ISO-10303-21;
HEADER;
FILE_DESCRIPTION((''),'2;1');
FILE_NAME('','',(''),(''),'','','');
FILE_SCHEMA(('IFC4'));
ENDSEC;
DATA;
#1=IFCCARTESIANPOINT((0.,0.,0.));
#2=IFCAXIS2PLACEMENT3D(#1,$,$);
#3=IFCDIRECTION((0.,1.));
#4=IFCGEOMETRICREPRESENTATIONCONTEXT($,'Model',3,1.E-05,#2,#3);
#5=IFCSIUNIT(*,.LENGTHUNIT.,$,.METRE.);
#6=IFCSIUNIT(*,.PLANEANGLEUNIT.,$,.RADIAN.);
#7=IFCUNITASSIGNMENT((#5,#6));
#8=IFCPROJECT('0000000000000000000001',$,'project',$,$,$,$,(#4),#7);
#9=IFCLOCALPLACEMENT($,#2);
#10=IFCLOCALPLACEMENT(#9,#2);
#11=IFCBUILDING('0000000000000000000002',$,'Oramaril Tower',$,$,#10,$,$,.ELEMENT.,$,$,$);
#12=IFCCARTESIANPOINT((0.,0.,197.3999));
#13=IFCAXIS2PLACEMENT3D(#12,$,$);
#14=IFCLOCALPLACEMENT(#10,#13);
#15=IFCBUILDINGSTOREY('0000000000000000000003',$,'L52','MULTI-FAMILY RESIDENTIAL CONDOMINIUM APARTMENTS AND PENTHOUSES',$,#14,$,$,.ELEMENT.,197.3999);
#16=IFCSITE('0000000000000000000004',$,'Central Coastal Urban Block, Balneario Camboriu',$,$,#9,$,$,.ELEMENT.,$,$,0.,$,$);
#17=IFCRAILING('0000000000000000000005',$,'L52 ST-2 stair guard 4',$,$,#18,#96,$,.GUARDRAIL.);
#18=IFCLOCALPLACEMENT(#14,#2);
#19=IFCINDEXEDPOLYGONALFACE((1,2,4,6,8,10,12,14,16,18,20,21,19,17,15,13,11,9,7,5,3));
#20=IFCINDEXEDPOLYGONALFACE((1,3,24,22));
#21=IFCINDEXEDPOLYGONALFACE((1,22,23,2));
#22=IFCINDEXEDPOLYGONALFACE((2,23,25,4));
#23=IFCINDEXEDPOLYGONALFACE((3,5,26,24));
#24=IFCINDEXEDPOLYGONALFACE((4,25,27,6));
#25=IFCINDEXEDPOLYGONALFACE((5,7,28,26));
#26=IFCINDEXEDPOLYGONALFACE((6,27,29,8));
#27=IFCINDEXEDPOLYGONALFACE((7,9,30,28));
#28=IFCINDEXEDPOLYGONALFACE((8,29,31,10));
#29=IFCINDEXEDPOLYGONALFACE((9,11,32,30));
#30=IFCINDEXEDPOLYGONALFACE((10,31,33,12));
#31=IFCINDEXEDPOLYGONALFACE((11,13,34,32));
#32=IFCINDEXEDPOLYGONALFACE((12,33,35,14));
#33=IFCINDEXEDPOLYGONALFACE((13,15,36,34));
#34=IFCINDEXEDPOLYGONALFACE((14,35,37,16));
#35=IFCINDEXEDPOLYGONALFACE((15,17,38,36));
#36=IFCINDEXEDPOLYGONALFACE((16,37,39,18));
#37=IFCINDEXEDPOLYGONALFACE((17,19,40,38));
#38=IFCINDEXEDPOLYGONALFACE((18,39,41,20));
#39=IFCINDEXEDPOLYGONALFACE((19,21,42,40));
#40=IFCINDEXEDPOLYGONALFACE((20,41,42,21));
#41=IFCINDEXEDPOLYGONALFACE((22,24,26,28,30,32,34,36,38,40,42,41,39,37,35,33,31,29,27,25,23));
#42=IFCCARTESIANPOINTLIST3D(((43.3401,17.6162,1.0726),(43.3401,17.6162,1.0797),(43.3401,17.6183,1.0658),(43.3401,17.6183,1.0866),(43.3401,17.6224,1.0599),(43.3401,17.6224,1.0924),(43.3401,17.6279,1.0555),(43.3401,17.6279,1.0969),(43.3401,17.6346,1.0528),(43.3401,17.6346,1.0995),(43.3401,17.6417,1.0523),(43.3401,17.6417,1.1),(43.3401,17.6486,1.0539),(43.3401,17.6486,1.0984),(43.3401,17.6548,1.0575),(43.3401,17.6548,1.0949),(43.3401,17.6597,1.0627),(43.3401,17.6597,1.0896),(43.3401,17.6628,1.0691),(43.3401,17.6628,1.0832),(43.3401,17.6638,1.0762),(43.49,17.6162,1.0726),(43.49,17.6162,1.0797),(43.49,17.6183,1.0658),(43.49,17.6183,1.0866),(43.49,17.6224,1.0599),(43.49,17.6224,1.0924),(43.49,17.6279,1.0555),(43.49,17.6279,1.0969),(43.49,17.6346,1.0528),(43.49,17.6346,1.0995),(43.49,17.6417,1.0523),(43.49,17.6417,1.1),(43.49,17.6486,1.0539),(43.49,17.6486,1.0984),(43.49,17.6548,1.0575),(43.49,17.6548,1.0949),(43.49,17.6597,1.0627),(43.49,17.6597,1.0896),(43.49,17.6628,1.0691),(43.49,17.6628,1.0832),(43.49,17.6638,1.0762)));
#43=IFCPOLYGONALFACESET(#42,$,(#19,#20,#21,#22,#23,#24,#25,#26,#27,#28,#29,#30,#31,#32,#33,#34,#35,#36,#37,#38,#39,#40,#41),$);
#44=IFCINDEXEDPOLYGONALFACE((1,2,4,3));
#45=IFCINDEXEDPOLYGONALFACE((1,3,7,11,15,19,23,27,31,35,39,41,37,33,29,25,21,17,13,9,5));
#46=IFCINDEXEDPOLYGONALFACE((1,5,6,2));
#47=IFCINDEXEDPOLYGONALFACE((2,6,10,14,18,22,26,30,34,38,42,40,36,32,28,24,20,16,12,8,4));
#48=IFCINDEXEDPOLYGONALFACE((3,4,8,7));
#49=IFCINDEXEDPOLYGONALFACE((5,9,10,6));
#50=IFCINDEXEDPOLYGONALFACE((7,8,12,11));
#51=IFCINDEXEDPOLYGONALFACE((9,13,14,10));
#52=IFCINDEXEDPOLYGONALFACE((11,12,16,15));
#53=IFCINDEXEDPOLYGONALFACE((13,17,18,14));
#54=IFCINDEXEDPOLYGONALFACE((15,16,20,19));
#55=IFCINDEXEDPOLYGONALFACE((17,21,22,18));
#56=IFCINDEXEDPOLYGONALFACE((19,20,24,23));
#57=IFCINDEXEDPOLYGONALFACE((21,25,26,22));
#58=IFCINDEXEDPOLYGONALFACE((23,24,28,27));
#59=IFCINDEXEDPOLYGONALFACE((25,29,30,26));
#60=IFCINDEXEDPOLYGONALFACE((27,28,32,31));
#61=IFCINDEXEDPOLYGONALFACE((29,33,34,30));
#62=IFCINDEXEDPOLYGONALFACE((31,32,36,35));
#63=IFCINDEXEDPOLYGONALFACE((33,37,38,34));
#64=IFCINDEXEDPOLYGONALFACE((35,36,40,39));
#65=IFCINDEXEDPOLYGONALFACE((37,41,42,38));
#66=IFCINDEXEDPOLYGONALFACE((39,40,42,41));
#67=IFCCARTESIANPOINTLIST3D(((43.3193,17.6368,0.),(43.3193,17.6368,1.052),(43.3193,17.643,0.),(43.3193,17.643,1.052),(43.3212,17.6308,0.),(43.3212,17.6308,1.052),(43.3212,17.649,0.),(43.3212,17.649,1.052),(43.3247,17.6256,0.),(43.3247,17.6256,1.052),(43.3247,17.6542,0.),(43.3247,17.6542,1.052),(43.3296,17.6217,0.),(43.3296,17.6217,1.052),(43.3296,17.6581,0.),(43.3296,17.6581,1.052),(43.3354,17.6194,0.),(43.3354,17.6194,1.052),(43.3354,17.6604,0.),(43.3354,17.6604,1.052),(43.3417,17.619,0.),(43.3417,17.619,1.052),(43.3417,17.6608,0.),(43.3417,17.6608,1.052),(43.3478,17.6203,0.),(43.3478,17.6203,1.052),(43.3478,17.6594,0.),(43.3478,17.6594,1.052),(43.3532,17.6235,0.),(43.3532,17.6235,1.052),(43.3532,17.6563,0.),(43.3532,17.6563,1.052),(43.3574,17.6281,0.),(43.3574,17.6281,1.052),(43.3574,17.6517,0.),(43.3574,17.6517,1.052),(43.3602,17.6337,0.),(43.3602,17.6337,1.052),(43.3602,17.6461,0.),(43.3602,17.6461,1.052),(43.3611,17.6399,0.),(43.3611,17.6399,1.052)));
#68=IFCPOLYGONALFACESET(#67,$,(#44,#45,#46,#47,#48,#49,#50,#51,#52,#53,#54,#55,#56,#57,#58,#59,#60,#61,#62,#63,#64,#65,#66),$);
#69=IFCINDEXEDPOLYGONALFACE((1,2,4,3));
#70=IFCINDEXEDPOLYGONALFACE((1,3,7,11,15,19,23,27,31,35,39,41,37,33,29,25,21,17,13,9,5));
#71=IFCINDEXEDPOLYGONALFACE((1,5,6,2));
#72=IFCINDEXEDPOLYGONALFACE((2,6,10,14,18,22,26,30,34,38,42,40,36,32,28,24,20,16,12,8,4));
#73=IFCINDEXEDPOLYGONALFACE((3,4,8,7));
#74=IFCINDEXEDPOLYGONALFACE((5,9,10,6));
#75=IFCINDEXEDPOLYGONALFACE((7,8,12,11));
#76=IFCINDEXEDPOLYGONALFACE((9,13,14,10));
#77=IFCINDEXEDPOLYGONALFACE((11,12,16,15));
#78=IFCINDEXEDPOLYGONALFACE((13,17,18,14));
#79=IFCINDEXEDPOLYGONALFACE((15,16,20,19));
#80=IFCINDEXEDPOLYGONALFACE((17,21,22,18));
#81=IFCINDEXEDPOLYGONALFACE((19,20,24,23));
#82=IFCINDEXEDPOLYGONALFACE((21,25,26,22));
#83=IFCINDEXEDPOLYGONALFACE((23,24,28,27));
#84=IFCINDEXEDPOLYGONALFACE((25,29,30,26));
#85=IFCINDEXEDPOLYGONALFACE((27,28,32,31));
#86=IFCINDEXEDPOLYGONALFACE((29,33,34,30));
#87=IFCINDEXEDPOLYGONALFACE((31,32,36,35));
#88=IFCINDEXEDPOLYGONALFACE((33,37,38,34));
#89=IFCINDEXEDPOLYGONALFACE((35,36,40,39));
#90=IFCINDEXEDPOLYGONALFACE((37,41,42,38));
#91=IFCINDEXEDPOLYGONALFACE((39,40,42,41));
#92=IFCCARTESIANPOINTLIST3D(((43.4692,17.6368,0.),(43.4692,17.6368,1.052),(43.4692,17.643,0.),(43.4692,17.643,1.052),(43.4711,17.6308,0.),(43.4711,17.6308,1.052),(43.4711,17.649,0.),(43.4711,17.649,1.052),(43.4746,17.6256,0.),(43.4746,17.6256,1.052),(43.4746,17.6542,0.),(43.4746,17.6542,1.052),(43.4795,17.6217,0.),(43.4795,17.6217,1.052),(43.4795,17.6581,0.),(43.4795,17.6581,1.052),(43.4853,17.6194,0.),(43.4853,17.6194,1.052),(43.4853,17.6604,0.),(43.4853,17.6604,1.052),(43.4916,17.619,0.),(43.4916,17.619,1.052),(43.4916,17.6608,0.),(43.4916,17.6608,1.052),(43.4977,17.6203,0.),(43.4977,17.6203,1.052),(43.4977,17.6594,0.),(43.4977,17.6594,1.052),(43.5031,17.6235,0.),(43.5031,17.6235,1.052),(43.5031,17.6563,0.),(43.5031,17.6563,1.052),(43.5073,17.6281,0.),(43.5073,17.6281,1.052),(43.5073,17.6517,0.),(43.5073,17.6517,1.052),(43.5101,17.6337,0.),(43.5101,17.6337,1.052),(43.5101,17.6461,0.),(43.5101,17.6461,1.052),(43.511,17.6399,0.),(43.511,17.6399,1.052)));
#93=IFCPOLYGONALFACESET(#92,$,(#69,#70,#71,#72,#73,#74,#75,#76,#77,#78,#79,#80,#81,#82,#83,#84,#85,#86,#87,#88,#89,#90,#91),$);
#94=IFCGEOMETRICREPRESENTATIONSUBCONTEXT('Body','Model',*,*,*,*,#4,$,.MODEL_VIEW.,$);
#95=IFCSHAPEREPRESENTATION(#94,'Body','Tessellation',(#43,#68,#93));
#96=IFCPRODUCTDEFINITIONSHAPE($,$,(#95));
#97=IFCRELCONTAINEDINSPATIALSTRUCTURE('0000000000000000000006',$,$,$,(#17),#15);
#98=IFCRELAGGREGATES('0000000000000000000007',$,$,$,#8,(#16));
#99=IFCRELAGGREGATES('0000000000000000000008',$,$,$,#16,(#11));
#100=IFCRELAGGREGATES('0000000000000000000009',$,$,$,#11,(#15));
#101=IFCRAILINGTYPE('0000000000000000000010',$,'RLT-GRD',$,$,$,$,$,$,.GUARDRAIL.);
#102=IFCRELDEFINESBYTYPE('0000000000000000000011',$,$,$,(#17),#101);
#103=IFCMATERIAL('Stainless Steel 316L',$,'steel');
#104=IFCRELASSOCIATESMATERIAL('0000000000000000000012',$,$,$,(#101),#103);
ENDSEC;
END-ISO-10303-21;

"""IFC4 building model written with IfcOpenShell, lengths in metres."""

from ifc_helpers import new_model, si_unit, direction, frame, origin, origin_2d, place, context, subcontext, project, spatial, circle, extrude, material, type_object, element, save


model = new_model("IFC4")

# Units and contexts
model_context = context("Model", 3, precision=1e-05, world=origin(), true_north=direction((0.0, 1.0)))
body_context = subcontext(model_context, "Body", "Model", "MODEL_VIEW")
ifc_project = project(units=[si_unit("LENGTHUNIT", "METRE"), si_unit("PLANEANGLEUNIT", "RADIAN")], contexts=[model_context])

# Site, building, storey
site_placement = place(None, origin())
site = spatial("IfcSite", under=ifc_project, at=site_placement, Name="Central Coastal Urban Block, Balneario Camboriu", CompositionType="ELEMENT", RefElevation=0.0)
building_placement = place(site_placement, origin())
building = spatial("IfcBuilding", under=site, at=building_placement, Name="Oramaril Tower", CompositionType="ELEMENT")
storey_placement = place(building_placement, frame((0.0, 0.0, 197.3999)))
storey = spatial("IfcBuildingStorey", under=building, at=storey_placement, Name="L52", Description="MULTI-FAMILY RESIDENTIAL CONDOMINIUM APARTMENTS AND PENTHOUSES", CompositionType="ELEMENT", Elevation=197.3999)

# Railing
ifc_material_1 = material(Name="Stainless Steel 316L", Category="steel")
railing_type_1 = type_object("IfcRailingType", Name="RLT-GRD", PredefinedType="GUARDRAIL", material=ifc_material_1)
railing_1_placement = place(storey_placement, frame((43.3401, 17.6399, 0.0)))
element("IfcRailing", 1, at=railing_1_placement, inside=storey, type_object=railing_type_1, Name="L52 ST-2 stair guard 4", PredefinedType="GUARDRAIL", context=body_context, shape_type="SweptSolid", body=[
    extrude(circle(Radius=0.0239, at=origin_2d()), frame((0.0, 0.0, 1.0762), z_axis=(1.0, 0.0, 0.0), x_axis=(0.0, 1.0, 0.0)), (0.0, 0.0, 1.0), 0.1499),
    extrude(circle(Radius=0.021, at=origin_2d()), origin(), (0.0, 0.0, 1.0), 1.052),
    extrude(circle(Radius=0.021, at=origin_2d()), frame((0.1499, 0.0, 0.0)), (0.0, 0.0, 1.0), 1.052),
])

save(model, "model.ifc")
